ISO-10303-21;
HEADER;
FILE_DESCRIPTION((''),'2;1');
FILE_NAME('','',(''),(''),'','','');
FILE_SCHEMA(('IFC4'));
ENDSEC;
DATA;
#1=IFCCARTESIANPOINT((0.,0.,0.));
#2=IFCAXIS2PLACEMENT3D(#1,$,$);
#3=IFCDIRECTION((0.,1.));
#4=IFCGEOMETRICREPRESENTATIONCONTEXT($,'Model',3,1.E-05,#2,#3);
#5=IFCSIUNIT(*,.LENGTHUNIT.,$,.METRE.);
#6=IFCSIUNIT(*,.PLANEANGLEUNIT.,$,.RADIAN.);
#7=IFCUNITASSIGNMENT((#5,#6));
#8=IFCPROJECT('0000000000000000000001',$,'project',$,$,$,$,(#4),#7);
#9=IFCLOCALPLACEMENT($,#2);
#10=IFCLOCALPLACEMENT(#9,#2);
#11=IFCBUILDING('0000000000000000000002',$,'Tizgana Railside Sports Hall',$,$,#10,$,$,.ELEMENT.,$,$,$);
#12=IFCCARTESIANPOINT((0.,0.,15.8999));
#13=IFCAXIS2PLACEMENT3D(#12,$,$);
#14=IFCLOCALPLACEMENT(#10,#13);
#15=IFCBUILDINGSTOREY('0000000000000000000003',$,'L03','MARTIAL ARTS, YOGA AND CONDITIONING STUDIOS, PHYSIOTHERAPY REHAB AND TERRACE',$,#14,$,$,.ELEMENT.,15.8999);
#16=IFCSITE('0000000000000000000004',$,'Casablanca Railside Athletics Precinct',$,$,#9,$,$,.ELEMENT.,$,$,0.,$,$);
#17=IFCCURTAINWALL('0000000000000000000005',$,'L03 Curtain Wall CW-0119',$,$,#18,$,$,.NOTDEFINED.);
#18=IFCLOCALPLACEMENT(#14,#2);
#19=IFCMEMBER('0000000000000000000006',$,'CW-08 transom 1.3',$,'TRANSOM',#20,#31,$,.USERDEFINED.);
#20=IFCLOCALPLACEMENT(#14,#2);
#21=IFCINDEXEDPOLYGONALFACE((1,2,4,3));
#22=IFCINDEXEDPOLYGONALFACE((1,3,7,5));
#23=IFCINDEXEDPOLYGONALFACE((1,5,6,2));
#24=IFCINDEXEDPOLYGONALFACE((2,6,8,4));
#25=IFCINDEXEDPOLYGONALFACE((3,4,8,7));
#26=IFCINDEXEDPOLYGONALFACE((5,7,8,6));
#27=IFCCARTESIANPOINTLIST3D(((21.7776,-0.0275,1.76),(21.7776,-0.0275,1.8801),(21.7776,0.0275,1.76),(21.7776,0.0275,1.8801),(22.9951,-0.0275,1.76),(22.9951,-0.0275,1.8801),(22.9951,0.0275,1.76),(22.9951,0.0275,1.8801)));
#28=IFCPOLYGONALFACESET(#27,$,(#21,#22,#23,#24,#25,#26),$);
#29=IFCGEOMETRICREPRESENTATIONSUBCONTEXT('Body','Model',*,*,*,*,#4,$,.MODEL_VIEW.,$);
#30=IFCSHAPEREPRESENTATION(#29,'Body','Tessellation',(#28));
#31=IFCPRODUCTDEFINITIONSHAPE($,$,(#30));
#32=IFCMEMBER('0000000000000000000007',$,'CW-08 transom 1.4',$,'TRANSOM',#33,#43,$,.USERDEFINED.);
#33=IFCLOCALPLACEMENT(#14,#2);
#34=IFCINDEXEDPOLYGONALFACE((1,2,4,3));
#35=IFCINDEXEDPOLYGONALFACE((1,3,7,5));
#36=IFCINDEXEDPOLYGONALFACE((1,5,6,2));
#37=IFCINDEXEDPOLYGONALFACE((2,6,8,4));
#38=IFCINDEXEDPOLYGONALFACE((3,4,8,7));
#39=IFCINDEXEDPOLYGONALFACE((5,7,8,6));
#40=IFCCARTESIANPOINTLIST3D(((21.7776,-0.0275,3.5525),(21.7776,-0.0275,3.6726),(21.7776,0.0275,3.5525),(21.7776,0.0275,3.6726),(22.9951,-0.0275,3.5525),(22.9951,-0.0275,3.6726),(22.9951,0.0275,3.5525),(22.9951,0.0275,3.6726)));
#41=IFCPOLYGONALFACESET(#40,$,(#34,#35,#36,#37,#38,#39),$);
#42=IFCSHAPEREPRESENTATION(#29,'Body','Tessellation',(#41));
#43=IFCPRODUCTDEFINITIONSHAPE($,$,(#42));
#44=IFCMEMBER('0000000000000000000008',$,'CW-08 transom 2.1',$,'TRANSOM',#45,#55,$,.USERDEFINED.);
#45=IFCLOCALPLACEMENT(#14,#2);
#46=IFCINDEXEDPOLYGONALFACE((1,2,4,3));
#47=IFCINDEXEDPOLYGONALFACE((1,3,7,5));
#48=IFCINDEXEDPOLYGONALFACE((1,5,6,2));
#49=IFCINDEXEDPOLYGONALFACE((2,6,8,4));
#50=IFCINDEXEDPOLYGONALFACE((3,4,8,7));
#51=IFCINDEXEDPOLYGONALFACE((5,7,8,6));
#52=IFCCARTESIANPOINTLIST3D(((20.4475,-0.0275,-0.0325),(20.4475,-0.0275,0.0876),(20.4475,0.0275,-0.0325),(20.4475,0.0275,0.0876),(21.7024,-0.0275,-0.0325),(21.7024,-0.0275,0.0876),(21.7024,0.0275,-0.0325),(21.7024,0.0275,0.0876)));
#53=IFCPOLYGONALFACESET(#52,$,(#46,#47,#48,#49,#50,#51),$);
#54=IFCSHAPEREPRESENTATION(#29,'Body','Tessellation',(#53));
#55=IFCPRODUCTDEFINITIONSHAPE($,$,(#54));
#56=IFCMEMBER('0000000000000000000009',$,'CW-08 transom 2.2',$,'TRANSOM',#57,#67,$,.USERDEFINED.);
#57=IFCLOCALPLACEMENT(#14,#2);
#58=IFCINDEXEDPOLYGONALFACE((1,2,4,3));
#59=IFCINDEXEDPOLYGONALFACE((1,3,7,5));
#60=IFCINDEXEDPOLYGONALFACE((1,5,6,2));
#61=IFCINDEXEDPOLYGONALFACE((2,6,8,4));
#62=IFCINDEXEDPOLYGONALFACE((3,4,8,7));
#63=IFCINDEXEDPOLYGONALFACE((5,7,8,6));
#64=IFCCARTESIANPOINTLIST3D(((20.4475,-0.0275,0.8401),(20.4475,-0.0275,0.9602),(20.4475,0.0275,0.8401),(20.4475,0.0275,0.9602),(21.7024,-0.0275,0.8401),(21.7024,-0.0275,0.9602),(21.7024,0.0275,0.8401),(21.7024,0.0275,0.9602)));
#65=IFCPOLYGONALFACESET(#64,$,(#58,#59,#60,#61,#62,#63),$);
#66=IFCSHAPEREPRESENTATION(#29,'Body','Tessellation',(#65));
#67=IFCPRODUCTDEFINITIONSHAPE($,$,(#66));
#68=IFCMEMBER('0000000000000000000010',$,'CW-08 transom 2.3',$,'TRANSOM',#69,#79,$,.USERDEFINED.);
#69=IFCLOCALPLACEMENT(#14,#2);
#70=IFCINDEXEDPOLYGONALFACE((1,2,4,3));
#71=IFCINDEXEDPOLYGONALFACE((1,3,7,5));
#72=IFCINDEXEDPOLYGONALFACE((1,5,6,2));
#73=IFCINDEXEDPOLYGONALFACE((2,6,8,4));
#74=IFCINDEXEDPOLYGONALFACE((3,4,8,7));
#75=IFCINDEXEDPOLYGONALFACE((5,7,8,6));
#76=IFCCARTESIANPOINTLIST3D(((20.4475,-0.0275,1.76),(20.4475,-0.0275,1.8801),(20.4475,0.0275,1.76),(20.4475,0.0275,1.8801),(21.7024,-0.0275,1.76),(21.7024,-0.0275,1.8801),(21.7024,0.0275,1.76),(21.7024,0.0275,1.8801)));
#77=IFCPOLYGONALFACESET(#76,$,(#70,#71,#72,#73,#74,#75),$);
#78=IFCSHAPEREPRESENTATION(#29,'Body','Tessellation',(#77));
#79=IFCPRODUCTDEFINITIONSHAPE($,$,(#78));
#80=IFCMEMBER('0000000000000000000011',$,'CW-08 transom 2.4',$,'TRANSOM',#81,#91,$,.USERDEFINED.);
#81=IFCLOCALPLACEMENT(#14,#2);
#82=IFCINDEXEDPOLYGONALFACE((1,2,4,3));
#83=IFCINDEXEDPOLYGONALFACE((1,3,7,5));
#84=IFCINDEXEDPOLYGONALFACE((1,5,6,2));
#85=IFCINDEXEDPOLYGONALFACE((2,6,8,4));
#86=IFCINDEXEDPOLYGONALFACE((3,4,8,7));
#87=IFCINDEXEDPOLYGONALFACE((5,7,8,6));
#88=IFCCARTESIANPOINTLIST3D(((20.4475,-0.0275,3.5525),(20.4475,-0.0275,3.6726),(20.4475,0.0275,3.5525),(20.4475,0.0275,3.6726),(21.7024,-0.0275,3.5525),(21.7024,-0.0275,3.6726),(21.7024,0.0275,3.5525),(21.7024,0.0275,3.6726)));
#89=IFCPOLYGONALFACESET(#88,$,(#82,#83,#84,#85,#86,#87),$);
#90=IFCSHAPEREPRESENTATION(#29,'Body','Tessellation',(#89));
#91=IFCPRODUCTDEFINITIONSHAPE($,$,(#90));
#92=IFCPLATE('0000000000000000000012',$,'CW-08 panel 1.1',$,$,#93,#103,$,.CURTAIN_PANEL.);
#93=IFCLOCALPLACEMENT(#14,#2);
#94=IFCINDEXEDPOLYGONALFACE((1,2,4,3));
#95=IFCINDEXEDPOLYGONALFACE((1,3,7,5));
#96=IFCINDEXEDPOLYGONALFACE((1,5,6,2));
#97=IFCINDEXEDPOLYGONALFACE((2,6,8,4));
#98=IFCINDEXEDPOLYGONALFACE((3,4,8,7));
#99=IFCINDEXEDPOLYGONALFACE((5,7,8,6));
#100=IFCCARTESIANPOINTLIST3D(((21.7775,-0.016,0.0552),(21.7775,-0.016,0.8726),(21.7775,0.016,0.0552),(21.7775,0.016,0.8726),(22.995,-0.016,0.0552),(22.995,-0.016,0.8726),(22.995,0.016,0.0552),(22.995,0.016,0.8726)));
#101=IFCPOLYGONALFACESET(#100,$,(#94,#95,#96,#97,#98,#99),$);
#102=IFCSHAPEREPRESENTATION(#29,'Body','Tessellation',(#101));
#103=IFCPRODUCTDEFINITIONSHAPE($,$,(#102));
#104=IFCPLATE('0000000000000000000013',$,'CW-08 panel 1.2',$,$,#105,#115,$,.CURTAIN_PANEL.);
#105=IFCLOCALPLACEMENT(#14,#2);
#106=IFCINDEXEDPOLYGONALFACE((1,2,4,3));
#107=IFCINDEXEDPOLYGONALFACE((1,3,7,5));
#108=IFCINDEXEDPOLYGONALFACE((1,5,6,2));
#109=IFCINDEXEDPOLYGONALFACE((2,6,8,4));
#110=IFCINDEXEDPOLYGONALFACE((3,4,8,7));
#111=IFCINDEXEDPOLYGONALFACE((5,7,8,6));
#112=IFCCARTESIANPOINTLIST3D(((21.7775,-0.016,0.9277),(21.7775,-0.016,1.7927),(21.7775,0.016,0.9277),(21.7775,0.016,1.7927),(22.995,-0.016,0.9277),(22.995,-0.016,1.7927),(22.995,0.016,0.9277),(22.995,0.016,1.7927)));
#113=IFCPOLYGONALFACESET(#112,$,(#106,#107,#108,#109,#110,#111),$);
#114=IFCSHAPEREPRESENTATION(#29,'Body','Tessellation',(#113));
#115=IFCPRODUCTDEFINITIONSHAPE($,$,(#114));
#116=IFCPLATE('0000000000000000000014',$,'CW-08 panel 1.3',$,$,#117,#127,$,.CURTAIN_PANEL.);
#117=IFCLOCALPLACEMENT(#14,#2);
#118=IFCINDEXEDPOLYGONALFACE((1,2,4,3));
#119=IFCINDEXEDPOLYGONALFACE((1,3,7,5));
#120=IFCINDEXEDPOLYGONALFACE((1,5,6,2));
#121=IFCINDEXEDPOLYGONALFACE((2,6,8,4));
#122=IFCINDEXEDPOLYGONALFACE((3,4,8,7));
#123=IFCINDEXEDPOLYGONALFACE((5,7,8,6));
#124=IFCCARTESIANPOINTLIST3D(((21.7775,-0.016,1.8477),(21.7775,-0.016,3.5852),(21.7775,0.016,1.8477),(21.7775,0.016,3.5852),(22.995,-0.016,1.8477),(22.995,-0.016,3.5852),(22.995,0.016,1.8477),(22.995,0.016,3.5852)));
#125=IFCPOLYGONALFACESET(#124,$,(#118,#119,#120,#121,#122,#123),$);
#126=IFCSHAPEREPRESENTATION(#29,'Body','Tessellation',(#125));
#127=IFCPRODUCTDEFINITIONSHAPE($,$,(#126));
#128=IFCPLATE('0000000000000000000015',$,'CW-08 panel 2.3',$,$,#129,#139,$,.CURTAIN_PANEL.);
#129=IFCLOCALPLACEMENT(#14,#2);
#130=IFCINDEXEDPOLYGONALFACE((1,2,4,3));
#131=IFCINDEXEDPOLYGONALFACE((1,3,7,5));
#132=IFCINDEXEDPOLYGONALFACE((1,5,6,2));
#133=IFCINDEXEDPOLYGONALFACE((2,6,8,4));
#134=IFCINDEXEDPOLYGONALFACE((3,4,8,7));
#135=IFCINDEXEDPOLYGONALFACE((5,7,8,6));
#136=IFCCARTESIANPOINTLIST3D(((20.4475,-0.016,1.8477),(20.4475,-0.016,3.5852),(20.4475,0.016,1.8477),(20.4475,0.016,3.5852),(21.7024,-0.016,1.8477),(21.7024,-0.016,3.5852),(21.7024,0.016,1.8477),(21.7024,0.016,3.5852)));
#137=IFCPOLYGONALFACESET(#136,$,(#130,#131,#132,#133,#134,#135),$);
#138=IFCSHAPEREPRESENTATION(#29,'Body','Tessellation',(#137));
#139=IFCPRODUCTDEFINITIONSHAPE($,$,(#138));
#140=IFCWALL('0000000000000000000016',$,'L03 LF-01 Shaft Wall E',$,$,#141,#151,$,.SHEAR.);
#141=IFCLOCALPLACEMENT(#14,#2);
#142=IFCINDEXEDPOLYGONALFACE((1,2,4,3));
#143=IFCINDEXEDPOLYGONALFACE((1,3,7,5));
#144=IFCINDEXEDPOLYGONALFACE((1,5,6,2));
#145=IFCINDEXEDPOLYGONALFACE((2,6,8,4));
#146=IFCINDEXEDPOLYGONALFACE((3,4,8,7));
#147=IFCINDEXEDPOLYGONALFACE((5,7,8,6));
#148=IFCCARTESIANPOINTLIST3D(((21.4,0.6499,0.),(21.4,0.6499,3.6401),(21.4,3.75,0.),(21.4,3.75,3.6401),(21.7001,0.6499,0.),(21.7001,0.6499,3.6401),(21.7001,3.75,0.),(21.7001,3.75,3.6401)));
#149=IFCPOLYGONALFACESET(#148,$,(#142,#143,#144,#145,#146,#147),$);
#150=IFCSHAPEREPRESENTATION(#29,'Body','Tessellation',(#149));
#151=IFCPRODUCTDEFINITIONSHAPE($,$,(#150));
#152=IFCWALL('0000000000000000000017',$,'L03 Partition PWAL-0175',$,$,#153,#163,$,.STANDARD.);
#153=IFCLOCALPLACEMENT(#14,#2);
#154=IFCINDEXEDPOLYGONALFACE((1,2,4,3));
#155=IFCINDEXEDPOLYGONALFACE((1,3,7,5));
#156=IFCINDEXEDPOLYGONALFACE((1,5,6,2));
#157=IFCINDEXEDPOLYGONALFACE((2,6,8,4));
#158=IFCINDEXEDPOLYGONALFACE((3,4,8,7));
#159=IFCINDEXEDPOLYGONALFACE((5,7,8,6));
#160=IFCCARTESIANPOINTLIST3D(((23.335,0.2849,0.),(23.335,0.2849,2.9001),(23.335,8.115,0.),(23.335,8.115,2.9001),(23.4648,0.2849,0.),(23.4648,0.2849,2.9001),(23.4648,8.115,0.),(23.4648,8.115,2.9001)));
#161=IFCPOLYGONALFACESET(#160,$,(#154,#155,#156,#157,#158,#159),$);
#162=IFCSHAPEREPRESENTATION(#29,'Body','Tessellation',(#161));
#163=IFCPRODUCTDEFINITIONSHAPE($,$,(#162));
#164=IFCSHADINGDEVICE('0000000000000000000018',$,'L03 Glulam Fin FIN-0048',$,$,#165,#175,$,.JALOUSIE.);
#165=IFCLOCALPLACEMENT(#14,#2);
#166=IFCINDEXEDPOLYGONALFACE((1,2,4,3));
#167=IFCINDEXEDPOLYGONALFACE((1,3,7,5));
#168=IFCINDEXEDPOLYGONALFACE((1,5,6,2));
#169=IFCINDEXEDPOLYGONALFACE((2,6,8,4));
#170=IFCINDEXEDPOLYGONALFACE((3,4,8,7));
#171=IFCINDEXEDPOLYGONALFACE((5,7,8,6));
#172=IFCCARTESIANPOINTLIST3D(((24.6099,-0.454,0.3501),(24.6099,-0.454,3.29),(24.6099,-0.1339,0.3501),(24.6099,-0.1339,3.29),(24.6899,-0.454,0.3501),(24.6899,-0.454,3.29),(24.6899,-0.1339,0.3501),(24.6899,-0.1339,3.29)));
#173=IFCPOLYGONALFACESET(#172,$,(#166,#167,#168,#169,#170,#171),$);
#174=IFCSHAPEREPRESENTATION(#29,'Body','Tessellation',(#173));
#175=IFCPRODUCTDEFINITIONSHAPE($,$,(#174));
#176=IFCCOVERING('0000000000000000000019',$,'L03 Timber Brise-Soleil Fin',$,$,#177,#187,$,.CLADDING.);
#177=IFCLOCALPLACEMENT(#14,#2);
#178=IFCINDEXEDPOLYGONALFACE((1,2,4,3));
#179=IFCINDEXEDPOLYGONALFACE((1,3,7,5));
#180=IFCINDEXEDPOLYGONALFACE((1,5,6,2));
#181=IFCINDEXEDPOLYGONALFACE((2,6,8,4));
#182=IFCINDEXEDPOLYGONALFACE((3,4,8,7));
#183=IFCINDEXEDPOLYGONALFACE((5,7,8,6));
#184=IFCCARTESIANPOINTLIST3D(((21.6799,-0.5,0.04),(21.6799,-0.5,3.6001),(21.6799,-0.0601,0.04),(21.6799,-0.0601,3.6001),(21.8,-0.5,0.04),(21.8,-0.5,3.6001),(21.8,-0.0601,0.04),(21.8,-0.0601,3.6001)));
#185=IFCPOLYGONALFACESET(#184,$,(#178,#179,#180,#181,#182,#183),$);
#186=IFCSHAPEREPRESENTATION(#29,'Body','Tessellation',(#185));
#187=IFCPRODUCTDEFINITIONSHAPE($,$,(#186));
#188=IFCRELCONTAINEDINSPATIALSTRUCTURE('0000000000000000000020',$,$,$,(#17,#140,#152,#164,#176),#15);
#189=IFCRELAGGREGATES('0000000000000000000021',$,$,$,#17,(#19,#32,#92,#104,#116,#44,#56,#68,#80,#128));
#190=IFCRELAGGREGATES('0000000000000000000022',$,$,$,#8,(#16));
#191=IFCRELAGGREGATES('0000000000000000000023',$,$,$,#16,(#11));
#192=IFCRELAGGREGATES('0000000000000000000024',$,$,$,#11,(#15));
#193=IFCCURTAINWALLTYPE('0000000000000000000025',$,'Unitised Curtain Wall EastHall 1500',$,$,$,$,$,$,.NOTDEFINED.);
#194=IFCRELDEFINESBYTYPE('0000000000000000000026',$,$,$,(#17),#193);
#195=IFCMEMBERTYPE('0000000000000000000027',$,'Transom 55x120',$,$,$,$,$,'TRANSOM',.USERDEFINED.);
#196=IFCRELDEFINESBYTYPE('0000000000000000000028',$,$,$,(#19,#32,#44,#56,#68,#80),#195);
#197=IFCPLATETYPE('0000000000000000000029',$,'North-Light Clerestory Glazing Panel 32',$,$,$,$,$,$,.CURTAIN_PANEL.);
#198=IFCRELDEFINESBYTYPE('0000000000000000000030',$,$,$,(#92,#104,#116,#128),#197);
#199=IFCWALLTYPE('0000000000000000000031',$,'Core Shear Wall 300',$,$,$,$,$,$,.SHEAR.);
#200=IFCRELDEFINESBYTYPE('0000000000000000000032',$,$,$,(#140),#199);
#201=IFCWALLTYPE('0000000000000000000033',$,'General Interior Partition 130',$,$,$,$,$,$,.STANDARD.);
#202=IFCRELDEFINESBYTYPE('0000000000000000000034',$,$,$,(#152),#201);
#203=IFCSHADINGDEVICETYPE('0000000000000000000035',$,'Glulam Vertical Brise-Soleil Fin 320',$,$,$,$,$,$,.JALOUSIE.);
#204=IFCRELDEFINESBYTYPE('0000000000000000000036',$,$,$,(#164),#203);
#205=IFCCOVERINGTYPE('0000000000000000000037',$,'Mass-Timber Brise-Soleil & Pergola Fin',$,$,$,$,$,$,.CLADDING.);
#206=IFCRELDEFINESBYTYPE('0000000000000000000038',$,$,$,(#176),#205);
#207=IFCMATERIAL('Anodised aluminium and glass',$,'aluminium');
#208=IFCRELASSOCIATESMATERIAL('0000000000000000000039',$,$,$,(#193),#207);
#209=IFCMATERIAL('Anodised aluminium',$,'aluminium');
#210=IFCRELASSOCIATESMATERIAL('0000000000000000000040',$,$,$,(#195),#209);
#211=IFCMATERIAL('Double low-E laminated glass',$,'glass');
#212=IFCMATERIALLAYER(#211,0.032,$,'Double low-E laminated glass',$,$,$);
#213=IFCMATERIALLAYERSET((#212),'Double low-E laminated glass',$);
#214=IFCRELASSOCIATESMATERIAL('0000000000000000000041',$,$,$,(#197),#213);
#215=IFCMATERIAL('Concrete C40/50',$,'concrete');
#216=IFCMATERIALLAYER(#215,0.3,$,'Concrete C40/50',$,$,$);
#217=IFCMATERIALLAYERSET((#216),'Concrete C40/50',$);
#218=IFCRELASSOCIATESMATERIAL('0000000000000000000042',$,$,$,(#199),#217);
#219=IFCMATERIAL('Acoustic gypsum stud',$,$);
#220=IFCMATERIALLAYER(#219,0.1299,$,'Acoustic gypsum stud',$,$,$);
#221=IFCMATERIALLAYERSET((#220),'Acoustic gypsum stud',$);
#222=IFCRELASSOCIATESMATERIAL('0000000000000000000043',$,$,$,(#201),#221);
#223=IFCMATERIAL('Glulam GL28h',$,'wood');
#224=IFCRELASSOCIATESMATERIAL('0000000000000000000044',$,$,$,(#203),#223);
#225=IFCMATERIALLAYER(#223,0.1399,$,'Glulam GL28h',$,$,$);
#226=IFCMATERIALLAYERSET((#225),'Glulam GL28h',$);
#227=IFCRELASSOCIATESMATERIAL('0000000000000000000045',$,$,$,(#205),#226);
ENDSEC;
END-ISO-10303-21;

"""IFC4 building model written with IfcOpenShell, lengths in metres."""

from ifc_helpers import new_model, si_unit, direction, frame, frame_2d, origin, origin_2d, place, context, subcontext, project, spatial, rectangle, extrude, material, layer, layer_set, material_profile, profile_set, type_object, element, aggregate, save


model = new_model("IFC4")

# Units and contexts
model_context = context("Model", 3, precision=1e-05, world=origin(), true_north=direction((0.0, 1.0)))
body_context = subcontext(model_context, "Body", "Model", "MODEL_VIEW")
ifc_project = project(units=[si_unit("LENGTHUNIT", "METRE"), si_unit("PLANEANGLEUNIT", "RADIAN")], contexts=[model_context])

# Site, building, storey
site_placement = place(None, origin())
site = spatial("IfcSite", under=ifc_project, at=site_placement, Name="Casablanca Railside Athletics Precinct", CompositionType="ELEMENT", RefElevation=0.0)
building_placement = place(site_placement, origin())
building = spatial("IfcBuilding", under=site, at=building_placement, Name="Tizgana Railside Sports Hall", CompositionType="ELEMENT")
storey_placement = place(building_placement, frame((0.0, 0.0, 15.8999)))
storey = spatial("IfcBuildingStorey", under=building, at=storey_placement, Name="L03", Description="MARTIAL ARTS, YOGA AND CONDITIONING STUDIOS, PHYSIOTHERAPY REHAB AND TERRACE", CompositionType="ELEMENT", Elevation=15.8999)

# Shared definitions
ifc_material_1 = material(Name="Concrete C40/50", Category="concrete")

# Curtain wall
ifc_material_2 = material(Name="Anodised aluminium and glass", Category="aluminium")
curtain_wall_type = type_object("IfcCurtainWallType", Name="Unitised Curtain Wall EastHall 1500", PredefinedType="NOTDEFINED", material=ifc_material_2)
curtain_wall_placement = place(storey_placement, origin())
curtain_wall = element("IfcCurtainWall", 1, at=curtain_wall_placement, inside=storey, type_object=curtain_wall_type, Name="L03 Curtain Wall CW-0119", PredefinedType="NOTDEFINED")
ifc_material_3 = material(Name="Anodised aluminium", Category="aluminium")

# Members
ifc_material_profile_1 = material_profile(ifc_material_3, rectangle(XDim=0.0549, YDim=0.1201, at=origin_2d()), Name="Transom 55x120")
ifc_profile_set_1 = profile_set([ifc_material_profile_1], Name="Anodised aluminium")
member_type_1 = type_object("IfcMemberType", Name="Transom 55x120", ElementType="TRANSOM", PredefinedType="USERDEFINED", material=ifc_profile_set_1)
member_1_placement = place(storey_placement, frame((22.9951, 0.0, 1.8201), z_axis=(-1.0, 0.0, 0.0), x_axis=(0.0, -1.0, 0.0)))
member_1 = element("IfcMember", 2, at=member_1_placement, type_object=member_type_1, Name="CW-08 transom 1.3", ObjectType="TRANSOM", PredefinedType="USERDEFINED", context=body_context, shape_type="SweptSolid", body=[
    extrude(rectangle(XDim=0.0549, YDim=0.1201, at=origin_2d()), origin(), (0.0, 0.0, 1.0), 1.2175),
])
member_2_placement = place(storey_placement, frame((22.9951, 0.0, 3.6125), z_axis=(-1.0, 0.0, 0.0), x_axis=(0.0, -1.0, 0.0)))
member_2 = element("IfcMember", 3, at=member_2_placement, type_object=member_type_1, Name="CW-08 transom 1.4", ObjectType="TRANSOM", PredefinedType="USERDEFINED", context=body_context, shape_type="SweptSolid", body=[
    extrude(rectangle(XDim=0.0549, YDim=0.1201, at=origin_2d()), origin(), (0.0, 0.0, 1.0), 1.2175),
])
member_3_placement = place(storey_placement, frame((21.7024, 0.0, 0.0276), z_axis=(-1.0, 0.0, 0.0), x_axis=(0.0, -1.0, 0.0)))
member_3 = element("IfcMember", 4, at=member_3_placement, type_object=member_type_1, Name="CW-08 transom 2.1", ObjectType="TRANSOM", PredefinedType="USERDEFINED", context=body_context, shape_type="SweptSolid", body=[
    extrude(rectangle(XDim=0.0549, YDim=0.1201, at=origin_2d()), origin(), (0.0, 0.0, 1.0), 1.2549),
])
member_4_placement = place(storey_placement, frame((21.7024, 0.0, 0.9001), z_axis=(-1.0, 0.0, 0.0), x_axis=(0.0, -1.0, 0.0)))
member_4 = element("IfcMember", 5, at=member_4_placement, type_object=member_type_1, Name="CW-08 transom 2.2", ObjectType="TRANSOM", PredefinedType="USERDEFINED", context=body_context, shape_type="SweptSolid", body=[
    extrude(rectangle(XDim=0.0549, YDim=0.1201, at=origin_2d()), origin(), (0.0, 0.0, 1.0), 1.2549),
])
member_5_placement = place(storey_placement, frame((21.7024, 0.0, 1.8201), z_axis=(-1.0, 0.0, 0.0), x_axis=(0.0, -1.0, 0.0)))
member_5 = element("IfcMember", 6, at=member_5_placement, type_object=member_type_1, Name="CW-08 transom 2.3", ObjectType="TRANSOM", PredefinedType="USERDEFINED", context=body_context, shape_type="SweptSolid", body=[
    extrude(rectangle(XDim=0.0549, YDim=0.1201, at=origin_2d()), origin(), (0.0, 0.0, 1.0), 1.2549),
])
member_6_placement = place(storey_placement, frame((21.7024, 0.0, 3.6125), z_axis=(-1.0, 0.0, 0.0), x_axis=(0.0, -1.0, 0.0)))
member_6 = element("IfcMember", 7, at=member_6_placement, type_object=member_type_1, Name="CW-08 transom 2.4", ObjectType="TRANSOM", PredefinedType="USERDEFINED", context=body_context, shape_type="SweptSolid", body=[
    extrude(rectangle(XDim=0.0549, YDim=0.1201, at=origin_2d()), origin(), (0.0, 0.0, 1.0), 1.2549),
])

# Plates
ifc_material_4 = material(Name="Double low-E laminated glass", Category="glass")
ifc_layer_1 = layer(ifc_material_4, 0.032, Name="Double low-E laminated glass")
ifc_layer_set_1 = layer_set([ifc_layer_1], Name="Double low-E laminated glass")
plate_type = type_object("IfcPlateType", Name="North-Light Clerestory Glazing Panel 32", PredefinedType="CURTAIN_PANEL", material=ifc_layer_set_1)
plate_1_placement = place(storey_placement, frame((22.3862, 0.0, 0.0552), z_axis=(0.0, 0.0, 1.0), x_axis=(-1.0, 0.0, 0.0)))
plate_1 = element("IfcPlate", 8, at=plate_1_placement, type_object=plate_type, Name="CW-08 panel 1.1", PredefinedType="CURTAIN_PANEL", context=body_context, shape_type="SweptSolid", body=[
    extrude(rectangle(XDim=1.2175, YDim=0.032, at=origin_2d()), origin(), (0.0, 0.0, 1.0), 0.8174),
])
plate_2_placement = place(storey_placement, frame((22.3862, 0.0, 0.9277), z_axis=(0.0, 0.0, 1.0), x_axis=(-1.0, 0.0, 0.0)))
plate_2 = element("IfcPlate", 9, at=plate_2_placement, type_object=plate_type, Name="CW-08 panel 1.2", PredefinedType="CURTAIN_PANEL", context=body_context, shape_type="SweptSolid", body=[
    extrude(rectangle(XDim=1.2175, YDim=0.032, at=origin_2d()), origin(), (0.0, 0.0, 1.0), 0.865),
])
plate_3_placement = place(storey_placement, frame((22.3862, 0.0, 1.8477), z_axis=(0.0, 0.0, 1.0), x_axis=(-1.0, 0.0, 0.0)))
plate_3 = element("IfcPlate", 10, at=plate_3_placement, type_object=plate_type, Name="CW-08 panel 1.3", PredefinedType="CURTAIN_PANEL", context=body_context, shape_type="SweptSolid", body=[
    extrude(rectangle(XDim=1.2175, YDim=0.032, at=origin_2d()), origin(), (0.0, 0.0, 1.0), 1.7375),
])
plate_4_placement = place(storey_placement, frame((21.075, 0.0, 1.8477), z_axis=(0.0, 0.0, 1.0), x_axis=(-1.0, 0.0, 0.0)))
plate_4 = element("IfcPlate", 11, at=plate_4_placement, type_object=plate_type, Name="CW-08 panel 2.3", PredefinedType="CURTAIN_PANEL", context=body_context, shape_type="SweptSolid", body=[
    extrude(rectangle(XDim=1.2549, YDim=0.032, at=origin_2d()), origin(), (0.0, 0.0, 1.0), 1.7375),
])
aggregate(curtain_wall, [member_1, member_2, plate_1, plate_2, plate_3, member_3, member_4, member_5, member_6, plate_4])

# Walls
ifc_layer_2 = layer(ifc_material_1, 0.3, Name="Concrete C40/50")
ifc_layer_set_2 = layer_set([ifc_layer_2], Name="Concrete C40/50")
wall_type_1 = type_object("IfcWallType", Name="Core Shear Wall 300", PredefinedType="SHEAR", material=ifc_layer_set_2)
wall_1_placement = place(storey_placement, frame((21.55, 0.6499, 0.0), z_axis=(0.0, 0.0, 1.0), x_axis=(0.0, 1.0, 0.0)))
element("IfcWall", 12, at=wall_1_placement, inside=storey, type_object=wall_type_1, Name="L03 LF-01 Shaft Wall E", PredefinedType="SHEAR", context=body_context, shape_type="SweptSolid", body=[
    extrude(rectangle(XDim=3.1001, YDim=0.3, at=frame_2d((1.55, 0.0))), origin(), (0.0, 0.0, 1.0), 3.6401),
])
ifc_material_5 = material(Name="Acoustic gypsum stud")
ifc_layer_3 = layer(ifc_material_5, 0.1299, Name="Acoustic gypsum stud")
ifc_layer_set_3 = layer_set([ifc_layer_3], Name="Acoustic gypsum stud")
wall_type_2 = type_object("IfcWallType", Name="General Interior Partition 130", PredefinedType="STANDARD", material=ifc_layer_set_3)
wall_2_placement = place(storey_placement, frame((23.3999, 0.2849, 0.0), z_axis=(0.0, 0.0, 1.0), x_axis=(0.0, 1.0, 0.0)))
element("IfcWall", 13, at=wall_2_placement, inside=storey, type_object=wall_type_2, Name="L03 Partition PWAL-0175", PredefinedType="STANDARD", context=body_context, shape_type="SweptSolid", body=[
    extrude(rectangle(XDim=7.8301, YDim=0.1299, at=frame_2d((3.915, 0.0))), origin(), (0.0, 0.0, 1.0), 2.9001),
])

# Shading device
ifc_material_6 = material(Name="Glulam GL28h", Category="wood")
shading_device_type = type_object("IfcShadingDeviceType", Name="Glulam Vertical Brise-Soleil Fin 320", PredefinedType="JALOUSIE", material=ifc_material_6)
shading_device_placement = place(storey_placement, frame((24.6499, -0.2939, 0.3501), z_axis=(0.0, 0.0, 1.0), x_axis=(-1.0, 0.0, 0.0)))
element("IfcShadingDevice", 14, at=shading_device_placement, inside=storey, type_object=shading_device_type, Name="L03 Glulam Fin FIN-0048", PredefinedType="JALOUSIE", context=body_context, shape_type="SweptSolid", body=[
    extrude(rectangle(XDim=0.0801, YDim=0.3201, at=origin_2d()), origin(), (0.0, 0.0, 1.0), 2.9399),
])

# Covering
ifc_layer_4 = layer(ifc_material_6, 0.1399, Name="Glulam GL28h")
ifc_layer_set_4 = layer_set([ifc_layer_4], Name="Glulam GL28h")
covering_type_1 = type_object("IfcCoveringType", Name="Mass-Timber Brise-Soleil & Pergola Fin", PredefinedType="CLADDING", material=ifc_layer_set_4)
covering_placement = place(storey_placement, frame((21.74, -0.28, 0.04), z_axis=(0.0, 0.0, 1.0), x_axis=(-1.0, 0.0, 0.0)))
element("IfcCovering", 15, at=covering_placement, inside=storey, type_object=covering_type_1, Name="L03 Timber Brise-Soleil Fin", PredefinedType="CLADDING", context=body_context, shape_type="SweptSolid", body=[
    extrude(rectangle(XDim=0.1201, YDim=0.4399, at=origin_2d()), origin(), (0.0, 0.0, 1.0), 3.5601),
])

save(model, "model.ifc")
